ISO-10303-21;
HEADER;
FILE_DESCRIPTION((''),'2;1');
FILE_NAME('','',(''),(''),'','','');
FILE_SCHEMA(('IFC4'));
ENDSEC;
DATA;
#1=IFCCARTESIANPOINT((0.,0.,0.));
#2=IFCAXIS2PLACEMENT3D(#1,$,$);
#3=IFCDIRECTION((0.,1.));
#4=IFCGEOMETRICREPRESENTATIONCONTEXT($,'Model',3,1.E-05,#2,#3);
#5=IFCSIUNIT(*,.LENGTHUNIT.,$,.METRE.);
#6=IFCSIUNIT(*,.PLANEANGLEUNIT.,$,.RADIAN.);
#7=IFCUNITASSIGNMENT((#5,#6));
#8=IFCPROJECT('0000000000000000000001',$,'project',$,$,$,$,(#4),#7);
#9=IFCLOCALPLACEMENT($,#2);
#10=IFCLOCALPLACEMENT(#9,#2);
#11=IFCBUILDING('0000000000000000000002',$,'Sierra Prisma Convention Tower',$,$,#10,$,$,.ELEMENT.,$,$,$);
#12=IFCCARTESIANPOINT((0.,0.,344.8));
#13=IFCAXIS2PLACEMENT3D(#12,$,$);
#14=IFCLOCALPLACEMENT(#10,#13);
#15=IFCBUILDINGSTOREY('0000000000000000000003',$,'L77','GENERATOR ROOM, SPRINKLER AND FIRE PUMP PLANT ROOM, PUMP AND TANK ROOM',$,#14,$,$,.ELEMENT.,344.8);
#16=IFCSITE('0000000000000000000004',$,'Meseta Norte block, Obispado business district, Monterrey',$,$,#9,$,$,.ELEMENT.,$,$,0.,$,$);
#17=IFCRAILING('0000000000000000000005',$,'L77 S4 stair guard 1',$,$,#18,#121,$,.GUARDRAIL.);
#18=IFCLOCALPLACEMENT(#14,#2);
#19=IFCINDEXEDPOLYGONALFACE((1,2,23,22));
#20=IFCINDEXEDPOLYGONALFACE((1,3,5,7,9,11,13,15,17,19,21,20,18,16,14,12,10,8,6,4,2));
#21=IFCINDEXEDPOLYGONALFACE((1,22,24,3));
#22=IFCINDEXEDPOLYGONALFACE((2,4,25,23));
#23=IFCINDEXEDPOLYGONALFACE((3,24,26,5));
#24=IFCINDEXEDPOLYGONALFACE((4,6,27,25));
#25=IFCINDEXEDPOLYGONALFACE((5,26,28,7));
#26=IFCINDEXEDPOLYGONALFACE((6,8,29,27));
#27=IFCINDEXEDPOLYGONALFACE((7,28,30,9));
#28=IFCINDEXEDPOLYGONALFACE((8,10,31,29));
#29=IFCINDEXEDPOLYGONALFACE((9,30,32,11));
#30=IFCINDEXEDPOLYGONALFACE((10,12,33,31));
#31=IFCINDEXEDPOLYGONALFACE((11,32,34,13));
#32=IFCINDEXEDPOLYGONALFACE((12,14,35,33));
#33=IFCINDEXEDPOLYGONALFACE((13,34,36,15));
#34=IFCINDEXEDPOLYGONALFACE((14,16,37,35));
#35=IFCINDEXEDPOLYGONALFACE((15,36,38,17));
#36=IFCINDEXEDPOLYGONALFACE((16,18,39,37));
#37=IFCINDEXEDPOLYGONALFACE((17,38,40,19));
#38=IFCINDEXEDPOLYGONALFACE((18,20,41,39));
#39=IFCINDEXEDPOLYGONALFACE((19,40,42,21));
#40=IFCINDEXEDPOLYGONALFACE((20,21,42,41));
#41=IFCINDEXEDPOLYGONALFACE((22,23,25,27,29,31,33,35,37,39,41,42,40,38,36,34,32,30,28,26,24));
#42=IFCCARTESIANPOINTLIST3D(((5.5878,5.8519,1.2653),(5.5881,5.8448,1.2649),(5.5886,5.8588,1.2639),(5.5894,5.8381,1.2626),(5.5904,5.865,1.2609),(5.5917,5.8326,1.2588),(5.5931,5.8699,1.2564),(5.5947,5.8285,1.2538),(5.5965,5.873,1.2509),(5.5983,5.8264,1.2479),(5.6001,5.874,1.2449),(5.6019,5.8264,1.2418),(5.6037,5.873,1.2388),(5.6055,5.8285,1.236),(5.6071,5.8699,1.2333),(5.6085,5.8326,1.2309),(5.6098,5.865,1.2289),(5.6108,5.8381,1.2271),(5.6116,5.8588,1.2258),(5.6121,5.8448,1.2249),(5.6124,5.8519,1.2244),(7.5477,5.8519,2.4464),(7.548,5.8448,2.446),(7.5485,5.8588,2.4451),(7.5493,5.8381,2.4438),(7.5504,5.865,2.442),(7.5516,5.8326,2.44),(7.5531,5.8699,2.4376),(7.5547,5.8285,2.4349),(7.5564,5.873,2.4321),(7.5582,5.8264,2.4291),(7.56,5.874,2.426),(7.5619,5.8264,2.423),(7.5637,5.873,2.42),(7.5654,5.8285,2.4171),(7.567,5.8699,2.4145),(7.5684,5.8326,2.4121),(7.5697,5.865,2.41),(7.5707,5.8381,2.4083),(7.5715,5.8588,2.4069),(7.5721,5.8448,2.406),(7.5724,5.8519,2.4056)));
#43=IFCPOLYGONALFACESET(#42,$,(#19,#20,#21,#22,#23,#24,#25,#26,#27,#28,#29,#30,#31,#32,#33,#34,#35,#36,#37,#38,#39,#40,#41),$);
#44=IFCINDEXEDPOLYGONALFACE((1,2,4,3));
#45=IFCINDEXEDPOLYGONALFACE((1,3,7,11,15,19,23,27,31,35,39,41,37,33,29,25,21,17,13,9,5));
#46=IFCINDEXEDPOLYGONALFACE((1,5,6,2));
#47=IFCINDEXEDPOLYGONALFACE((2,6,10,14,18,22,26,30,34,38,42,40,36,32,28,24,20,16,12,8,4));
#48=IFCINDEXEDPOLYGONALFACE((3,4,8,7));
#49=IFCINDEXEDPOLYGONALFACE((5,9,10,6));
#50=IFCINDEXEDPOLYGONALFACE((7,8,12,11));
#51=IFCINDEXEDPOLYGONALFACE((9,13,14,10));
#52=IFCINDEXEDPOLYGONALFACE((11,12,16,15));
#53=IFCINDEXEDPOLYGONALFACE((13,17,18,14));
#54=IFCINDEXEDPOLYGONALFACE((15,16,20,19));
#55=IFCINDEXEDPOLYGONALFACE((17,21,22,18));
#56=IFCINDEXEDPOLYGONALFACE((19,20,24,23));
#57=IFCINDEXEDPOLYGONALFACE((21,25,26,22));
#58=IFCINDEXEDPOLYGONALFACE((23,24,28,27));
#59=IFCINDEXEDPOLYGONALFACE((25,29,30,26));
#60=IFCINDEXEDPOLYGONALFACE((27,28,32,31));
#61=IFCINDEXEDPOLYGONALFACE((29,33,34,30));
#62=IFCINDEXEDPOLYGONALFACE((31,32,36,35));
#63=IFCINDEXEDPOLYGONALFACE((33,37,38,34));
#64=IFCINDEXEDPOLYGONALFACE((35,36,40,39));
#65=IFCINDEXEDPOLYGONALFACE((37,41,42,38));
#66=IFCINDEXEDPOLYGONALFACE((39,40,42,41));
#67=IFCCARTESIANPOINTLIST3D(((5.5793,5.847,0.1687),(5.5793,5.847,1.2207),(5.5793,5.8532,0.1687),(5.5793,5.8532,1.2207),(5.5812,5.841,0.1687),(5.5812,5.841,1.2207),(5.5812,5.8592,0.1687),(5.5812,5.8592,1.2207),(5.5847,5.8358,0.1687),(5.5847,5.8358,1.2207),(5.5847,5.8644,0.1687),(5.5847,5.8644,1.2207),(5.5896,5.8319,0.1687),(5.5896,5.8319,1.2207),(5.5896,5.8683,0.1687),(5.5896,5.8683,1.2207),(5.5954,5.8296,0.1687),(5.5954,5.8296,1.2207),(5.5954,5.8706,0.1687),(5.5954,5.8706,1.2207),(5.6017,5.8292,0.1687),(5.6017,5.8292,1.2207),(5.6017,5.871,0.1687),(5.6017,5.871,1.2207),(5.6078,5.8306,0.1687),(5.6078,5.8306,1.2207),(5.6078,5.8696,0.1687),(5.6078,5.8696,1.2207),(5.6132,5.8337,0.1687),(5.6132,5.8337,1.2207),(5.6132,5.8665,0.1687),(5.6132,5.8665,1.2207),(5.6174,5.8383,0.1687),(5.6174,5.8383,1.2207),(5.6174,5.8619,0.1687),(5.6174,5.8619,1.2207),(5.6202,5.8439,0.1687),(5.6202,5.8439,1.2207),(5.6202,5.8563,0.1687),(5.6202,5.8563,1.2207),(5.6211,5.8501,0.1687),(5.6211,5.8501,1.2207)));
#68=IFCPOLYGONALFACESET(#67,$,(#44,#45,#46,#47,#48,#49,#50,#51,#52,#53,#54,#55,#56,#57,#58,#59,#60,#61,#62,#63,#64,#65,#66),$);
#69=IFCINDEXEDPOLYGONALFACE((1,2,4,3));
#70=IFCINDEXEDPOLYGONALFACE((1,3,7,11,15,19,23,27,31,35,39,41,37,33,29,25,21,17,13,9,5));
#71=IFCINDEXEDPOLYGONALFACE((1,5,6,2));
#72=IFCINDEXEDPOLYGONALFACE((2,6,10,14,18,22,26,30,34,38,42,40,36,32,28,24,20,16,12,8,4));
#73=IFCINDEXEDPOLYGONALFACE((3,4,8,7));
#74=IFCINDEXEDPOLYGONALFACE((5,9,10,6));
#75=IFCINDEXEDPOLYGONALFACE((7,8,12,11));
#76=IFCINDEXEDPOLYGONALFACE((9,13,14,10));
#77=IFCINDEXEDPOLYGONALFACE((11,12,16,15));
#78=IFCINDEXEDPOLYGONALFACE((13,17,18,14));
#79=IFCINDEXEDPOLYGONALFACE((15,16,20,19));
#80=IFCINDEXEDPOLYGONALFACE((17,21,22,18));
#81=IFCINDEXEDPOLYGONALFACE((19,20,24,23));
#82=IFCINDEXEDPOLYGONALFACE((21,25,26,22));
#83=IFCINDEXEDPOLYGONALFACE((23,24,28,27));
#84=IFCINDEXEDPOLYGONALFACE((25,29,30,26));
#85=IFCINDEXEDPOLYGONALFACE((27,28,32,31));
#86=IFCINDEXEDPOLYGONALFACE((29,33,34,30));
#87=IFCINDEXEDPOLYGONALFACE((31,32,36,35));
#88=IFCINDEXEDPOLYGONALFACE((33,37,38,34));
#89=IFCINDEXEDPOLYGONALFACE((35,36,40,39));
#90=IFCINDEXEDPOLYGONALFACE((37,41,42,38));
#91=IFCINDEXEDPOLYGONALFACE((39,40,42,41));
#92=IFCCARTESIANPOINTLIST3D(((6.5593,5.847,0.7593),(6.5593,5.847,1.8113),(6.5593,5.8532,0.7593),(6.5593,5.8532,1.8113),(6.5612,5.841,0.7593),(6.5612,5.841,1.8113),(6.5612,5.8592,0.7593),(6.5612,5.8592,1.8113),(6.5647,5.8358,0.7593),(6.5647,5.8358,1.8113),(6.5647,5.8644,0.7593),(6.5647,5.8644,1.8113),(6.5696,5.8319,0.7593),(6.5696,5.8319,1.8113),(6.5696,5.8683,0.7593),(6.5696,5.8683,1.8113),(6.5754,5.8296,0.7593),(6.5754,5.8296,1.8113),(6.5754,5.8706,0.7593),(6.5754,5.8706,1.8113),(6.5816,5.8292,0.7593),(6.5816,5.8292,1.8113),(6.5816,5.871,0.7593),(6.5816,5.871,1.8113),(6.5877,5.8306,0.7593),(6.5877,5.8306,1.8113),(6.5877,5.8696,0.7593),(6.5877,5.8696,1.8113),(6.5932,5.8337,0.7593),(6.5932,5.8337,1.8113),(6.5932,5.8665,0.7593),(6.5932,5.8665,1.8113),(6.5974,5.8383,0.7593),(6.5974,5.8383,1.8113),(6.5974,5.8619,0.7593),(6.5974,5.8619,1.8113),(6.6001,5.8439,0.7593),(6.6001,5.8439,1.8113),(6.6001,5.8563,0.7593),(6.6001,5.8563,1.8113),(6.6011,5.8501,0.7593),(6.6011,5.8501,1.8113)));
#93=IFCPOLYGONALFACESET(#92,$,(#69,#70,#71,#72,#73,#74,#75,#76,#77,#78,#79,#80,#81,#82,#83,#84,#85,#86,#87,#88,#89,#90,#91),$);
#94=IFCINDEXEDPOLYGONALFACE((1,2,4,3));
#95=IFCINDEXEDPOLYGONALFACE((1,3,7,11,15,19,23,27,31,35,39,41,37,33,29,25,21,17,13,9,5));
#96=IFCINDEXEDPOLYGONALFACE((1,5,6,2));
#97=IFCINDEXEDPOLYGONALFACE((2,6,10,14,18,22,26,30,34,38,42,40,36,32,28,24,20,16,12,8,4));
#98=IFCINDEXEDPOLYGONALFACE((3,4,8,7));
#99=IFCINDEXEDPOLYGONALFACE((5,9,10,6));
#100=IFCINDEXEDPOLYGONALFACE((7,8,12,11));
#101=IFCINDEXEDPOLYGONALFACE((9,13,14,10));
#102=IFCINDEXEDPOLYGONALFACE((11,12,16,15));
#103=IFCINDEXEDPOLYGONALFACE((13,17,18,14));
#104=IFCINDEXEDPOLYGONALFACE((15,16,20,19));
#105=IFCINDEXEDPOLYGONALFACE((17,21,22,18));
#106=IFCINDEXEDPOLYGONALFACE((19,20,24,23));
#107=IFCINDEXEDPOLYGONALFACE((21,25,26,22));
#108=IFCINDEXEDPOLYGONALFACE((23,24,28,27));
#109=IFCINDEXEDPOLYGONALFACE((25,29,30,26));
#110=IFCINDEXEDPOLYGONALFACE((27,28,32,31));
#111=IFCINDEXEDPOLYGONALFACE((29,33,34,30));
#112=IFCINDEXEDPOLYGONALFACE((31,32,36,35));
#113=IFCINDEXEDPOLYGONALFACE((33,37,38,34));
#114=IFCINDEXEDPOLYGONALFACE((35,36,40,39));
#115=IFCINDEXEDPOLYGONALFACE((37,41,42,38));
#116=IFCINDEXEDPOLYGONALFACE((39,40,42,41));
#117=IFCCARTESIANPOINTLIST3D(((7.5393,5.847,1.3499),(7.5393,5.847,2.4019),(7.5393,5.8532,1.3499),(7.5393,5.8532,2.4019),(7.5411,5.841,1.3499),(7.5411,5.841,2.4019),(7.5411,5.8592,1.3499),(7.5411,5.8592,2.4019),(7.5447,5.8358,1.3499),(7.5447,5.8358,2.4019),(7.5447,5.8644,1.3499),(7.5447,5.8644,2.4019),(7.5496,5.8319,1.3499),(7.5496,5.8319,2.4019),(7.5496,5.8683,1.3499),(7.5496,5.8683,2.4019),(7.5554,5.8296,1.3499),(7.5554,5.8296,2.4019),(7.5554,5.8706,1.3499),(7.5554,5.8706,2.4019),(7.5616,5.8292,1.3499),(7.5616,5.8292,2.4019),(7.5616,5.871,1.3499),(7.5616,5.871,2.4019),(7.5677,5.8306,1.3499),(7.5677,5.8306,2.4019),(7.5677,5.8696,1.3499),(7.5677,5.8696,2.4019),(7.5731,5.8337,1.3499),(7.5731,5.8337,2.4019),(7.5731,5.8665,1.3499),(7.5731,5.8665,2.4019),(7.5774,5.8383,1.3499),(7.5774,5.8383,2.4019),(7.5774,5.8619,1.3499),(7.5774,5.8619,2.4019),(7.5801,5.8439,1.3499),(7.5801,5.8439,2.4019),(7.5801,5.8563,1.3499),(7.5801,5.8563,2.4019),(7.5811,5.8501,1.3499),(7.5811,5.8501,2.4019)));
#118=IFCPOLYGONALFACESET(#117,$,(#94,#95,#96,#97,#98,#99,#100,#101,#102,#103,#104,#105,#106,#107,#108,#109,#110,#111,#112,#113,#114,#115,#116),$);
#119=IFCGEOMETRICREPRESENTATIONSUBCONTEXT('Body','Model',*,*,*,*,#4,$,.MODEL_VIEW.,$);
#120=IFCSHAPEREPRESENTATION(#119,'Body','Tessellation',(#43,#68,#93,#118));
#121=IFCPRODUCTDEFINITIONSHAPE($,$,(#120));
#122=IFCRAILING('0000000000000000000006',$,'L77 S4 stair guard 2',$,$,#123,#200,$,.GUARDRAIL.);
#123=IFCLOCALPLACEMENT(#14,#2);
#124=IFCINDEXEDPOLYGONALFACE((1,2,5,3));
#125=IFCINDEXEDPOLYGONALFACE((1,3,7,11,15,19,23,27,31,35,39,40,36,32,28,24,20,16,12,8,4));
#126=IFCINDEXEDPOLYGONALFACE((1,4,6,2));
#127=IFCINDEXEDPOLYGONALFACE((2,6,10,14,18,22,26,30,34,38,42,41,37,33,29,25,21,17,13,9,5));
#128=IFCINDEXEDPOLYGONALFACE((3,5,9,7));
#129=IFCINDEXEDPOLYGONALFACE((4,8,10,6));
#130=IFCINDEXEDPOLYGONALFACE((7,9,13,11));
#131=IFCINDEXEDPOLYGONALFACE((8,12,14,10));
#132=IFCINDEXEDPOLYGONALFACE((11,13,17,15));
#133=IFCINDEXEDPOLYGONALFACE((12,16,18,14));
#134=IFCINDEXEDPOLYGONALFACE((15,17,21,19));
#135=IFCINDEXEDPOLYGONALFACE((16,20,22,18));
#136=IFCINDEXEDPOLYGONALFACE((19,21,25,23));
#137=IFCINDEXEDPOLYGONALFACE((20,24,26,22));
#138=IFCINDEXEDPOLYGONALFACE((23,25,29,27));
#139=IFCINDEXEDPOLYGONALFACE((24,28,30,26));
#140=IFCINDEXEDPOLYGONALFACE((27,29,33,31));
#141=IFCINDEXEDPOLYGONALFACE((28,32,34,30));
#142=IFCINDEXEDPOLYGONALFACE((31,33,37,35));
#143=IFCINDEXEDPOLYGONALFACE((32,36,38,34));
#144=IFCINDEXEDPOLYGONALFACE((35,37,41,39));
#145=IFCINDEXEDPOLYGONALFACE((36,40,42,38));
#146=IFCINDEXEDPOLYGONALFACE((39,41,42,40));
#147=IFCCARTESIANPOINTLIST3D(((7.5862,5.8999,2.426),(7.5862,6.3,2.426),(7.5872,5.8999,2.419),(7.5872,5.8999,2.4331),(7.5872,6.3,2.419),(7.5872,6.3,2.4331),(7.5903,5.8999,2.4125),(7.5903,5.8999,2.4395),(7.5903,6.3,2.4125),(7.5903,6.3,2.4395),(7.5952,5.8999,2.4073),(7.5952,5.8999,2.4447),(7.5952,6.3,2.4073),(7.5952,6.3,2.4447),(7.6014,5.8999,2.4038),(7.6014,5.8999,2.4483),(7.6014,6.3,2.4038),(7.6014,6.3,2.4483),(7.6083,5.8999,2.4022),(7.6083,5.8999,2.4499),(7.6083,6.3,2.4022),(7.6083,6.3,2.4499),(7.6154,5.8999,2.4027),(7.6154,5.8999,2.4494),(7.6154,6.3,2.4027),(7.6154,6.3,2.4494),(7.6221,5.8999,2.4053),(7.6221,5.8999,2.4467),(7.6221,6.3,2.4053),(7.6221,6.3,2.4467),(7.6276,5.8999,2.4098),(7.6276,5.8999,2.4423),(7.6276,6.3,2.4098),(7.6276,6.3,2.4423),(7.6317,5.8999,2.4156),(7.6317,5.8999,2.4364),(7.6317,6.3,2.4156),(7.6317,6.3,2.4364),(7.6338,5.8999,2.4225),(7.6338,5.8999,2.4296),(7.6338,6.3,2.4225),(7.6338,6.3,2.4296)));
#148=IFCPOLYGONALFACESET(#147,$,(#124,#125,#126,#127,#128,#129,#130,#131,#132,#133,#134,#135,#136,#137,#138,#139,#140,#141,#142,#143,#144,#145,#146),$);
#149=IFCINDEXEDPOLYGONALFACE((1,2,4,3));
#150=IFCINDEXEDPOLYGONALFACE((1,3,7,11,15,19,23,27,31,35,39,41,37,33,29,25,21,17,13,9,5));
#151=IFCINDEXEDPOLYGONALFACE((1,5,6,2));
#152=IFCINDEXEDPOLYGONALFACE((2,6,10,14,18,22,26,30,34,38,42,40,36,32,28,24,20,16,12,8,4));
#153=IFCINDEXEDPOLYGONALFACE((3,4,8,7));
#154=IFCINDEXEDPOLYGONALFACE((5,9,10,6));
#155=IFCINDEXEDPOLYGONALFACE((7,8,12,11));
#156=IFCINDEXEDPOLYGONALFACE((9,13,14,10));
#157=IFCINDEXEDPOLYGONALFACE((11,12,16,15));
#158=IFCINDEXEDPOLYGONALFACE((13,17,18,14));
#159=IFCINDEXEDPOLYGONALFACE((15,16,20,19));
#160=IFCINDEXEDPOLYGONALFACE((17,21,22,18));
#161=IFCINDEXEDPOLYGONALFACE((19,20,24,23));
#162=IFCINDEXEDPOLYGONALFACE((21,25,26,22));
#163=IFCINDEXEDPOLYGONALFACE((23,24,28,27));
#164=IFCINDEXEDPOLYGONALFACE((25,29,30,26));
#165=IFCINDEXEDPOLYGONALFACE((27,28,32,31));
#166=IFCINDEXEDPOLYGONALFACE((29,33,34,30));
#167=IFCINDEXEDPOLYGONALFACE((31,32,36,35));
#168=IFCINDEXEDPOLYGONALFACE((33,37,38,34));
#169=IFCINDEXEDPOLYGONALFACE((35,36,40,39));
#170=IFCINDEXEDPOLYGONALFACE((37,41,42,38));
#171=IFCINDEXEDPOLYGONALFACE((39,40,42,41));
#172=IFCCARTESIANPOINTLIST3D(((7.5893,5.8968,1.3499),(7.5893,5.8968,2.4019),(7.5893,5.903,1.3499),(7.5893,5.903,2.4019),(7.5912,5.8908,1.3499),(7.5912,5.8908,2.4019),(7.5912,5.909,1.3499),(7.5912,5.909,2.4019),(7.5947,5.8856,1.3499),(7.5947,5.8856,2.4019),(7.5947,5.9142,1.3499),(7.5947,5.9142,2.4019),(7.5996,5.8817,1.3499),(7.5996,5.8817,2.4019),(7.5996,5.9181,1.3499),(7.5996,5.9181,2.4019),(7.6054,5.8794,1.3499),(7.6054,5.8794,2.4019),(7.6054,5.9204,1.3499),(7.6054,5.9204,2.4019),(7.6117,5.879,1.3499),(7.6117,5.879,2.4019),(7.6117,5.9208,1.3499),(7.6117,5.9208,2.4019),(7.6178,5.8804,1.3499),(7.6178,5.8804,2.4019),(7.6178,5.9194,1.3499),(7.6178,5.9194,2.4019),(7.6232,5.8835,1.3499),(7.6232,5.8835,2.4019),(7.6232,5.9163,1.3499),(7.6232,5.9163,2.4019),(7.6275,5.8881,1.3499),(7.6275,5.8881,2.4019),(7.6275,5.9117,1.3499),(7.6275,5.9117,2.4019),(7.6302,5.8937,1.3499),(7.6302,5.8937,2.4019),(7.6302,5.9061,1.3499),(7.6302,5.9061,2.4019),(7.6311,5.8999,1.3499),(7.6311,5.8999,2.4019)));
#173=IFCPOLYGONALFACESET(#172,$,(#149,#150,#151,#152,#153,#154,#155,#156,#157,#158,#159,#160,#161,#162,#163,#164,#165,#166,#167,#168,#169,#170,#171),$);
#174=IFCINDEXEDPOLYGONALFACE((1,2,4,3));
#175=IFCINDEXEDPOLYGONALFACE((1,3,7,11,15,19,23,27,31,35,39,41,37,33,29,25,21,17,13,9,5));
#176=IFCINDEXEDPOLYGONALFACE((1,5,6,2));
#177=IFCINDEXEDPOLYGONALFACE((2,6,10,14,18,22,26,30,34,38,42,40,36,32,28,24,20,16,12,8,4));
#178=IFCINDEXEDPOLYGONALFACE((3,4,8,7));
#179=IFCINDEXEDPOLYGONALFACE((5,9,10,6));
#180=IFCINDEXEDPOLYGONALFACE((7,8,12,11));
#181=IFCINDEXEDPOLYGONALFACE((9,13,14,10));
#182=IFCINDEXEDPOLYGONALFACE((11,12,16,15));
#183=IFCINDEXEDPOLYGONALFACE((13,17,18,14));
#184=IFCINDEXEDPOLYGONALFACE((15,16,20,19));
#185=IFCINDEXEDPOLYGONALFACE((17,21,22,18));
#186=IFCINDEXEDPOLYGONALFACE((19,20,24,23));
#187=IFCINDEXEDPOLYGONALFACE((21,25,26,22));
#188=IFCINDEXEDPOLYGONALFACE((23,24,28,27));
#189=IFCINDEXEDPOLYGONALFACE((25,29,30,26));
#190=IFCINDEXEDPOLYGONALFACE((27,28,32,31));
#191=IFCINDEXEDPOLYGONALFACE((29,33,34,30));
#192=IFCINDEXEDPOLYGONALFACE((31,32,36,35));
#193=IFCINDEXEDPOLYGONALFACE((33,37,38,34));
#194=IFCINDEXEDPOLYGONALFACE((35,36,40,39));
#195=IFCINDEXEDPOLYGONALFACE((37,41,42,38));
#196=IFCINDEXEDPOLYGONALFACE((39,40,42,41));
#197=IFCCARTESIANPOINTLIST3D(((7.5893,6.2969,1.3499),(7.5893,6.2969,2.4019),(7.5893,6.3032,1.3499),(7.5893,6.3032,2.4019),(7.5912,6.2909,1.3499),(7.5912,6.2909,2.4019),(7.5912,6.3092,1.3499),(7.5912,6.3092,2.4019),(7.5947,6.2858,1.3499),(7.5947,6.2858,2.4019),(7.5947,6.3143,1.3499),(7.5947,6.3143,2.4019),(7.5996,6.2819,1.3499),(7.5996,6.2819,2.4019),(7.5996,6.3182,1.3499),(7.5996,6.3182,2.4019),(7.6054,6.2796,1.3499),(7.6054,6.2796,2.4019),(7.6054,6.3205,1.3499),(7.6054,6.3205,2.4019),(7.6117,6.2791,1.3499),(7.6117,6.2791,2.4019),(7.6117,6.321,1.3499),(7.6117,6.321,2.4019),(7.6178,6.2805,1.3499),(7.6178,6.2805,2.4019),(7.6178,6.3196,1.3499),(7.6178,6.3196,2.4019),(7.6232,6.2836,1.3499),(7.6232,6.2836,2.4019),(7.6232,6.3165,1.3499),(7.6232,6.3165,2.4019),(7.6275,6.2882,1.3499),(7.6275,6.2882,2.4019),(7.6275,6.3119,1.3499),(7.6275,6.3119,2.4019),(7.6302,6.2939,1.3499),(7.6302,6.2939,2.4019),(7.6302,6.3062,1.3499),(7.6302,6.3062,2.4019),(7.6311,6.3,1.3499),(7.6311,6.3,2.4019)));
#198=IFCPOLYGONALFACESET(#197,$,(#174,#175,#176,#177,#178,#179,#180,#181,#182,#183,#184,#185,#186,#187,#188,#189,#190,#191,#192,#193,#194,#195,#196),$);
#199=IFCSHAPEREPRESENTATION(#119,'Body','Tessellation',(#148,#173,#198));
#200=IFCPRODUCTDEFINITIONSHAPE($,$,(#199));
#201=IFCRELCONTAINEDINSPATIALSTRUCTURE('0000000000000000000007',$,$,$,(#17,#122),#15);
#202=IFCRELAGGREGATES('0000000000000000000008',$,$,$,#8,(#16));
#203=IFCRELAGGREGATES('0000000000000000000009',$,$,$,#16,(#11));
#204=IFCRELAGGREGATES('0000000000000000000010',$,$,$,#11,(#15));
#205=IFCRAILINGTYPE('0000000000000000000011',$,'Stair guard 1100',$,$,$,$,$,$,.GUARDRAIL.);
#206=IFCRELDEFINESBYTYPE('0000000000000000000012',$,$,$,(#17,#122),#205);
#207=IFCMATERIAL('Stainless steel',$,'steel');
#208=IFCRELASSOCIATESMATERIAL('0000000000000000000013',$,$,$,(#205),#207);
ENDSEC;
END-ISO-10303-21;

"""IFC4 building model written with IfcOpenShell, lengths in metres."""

from ifc_helpers import new_model, si_unit, direction, frame, origin, origin_2d, place, context, subcontext, project, spatial, circle, extrude, material, type_object, element, save


model = new_model("IFC4")

# Units and contexts
model_context = context("Model", 3, precision=1e-05, world=origin(), true_north=direction((0.0, 1.0)))
body_context = subcontext(model_context, "Body", "Model", "MODEL_VIEW")
ifc_project = project(units=[si_unit("LENGTHUNIT", "METRE"), si_unit("PLANEANGLEUNIT", "RADIAN")], contexts=[model_context])

# Site, building, storey
site_placement = place(None, origin())
site = spatial("IfcSite", under=ifc_project, at=site_placement, Name="Meseta Norte block, Obispado business district, Monterrey", CompositionType="ELEMENT", RefElevation=0.0)
building_placement = place(site_placement, origin())
building = spatial("IfcBuilding", under=site, at=building_placement, Name="Sierra Prisma Convention Tower", CompositionType="ELEMENT")
storey_placement = place(building_placement, frame((0.0, 0.0, 344.8)))
storey = spatial("IfcBuildingStorey", under=building, at=storey_placement, Name="L77", Description="GENERATOR ROOM, SPRINKLER AND FIRE PUMP PLANT ROOM, PUMP AND TANK ROOM", CompositionType="ELEMENT", Elevation=344.8)

# Railings
ifc_material_1 = material(Name="Stainless steel", Category="steel")
railing_type_1 = type_object("IfcRailingType", Name="Stair guard 1100", PredefinedType="GUARDRAIL", material=ifc_material_1)
railing_1_placement = place(storey_placement, frame((5.6001, 5.8501, 0.1687)))
element("IfcRailing", 1, at=railing_1_placement, inside=storey, type_object=railing_type_1, Name="L77 S4 stair guard 1", PredefinedType="GUARDRAIL", context=body_context, shape_type="SweptSolid", body=[
    extrude(circle(Radius=0.0239, at=origin_2d()), frame((0.0, 0.0, 1.0762), z_axis=(0.856493, 0.0, 0.516158), x_axis=(0.0, 1.0, 0.0)), (0.0, 0.0, 1.0), 2.2883),
    extrude(circle(Radius=0.021, at=origin_2d()), origin(), (0.0, 0.0, 1.0), 1.052),
    extrude(circle(Radius=0.021, at=origin_2d()), frame((0.98, 0.0, 0.5906)), (0.0, 0.0, 1.0), 1.052),
    extrude(circle(Radius=0.021, at=origin_2d()), frame((1.96, 0.0, 1.1812)), (0.0, 0.0, 1.0), 1.052),
])
railing_2_placement = place(storey_placement, frame((7.6101, 5.8999, 1.3499)))
element("IfcRailing", 2, at=railing_2_placement, inside=storey, type_object=railing_type_1, Name="L77 S4 stair guard 2", PredefinedType="GUARDRAIL", context=body_context, shape_type="SweptSolid", body=[
    extrude(circle(Radius=0.0239, at=origin_2d()), frame((0.0, 0.0, 1.0762), z_axis=(0.0, 1.0, 0.0), x_axis=(-1.0, 0.0, 0.0)), (0.0, 0.0, 1.0), 0.4001),
    extrude(circle(Radius=0.021, at=origin_2d()), origin(), (0.0, 0.0, 1.0), 1.052),
    extrude(circle(Radius=0.021, at=origin_2d()), frame((0.0, 0.4001, 0.0)), (0.0, 0.0, 1.0), 1.052),
])

save(model, "model.ifc")
